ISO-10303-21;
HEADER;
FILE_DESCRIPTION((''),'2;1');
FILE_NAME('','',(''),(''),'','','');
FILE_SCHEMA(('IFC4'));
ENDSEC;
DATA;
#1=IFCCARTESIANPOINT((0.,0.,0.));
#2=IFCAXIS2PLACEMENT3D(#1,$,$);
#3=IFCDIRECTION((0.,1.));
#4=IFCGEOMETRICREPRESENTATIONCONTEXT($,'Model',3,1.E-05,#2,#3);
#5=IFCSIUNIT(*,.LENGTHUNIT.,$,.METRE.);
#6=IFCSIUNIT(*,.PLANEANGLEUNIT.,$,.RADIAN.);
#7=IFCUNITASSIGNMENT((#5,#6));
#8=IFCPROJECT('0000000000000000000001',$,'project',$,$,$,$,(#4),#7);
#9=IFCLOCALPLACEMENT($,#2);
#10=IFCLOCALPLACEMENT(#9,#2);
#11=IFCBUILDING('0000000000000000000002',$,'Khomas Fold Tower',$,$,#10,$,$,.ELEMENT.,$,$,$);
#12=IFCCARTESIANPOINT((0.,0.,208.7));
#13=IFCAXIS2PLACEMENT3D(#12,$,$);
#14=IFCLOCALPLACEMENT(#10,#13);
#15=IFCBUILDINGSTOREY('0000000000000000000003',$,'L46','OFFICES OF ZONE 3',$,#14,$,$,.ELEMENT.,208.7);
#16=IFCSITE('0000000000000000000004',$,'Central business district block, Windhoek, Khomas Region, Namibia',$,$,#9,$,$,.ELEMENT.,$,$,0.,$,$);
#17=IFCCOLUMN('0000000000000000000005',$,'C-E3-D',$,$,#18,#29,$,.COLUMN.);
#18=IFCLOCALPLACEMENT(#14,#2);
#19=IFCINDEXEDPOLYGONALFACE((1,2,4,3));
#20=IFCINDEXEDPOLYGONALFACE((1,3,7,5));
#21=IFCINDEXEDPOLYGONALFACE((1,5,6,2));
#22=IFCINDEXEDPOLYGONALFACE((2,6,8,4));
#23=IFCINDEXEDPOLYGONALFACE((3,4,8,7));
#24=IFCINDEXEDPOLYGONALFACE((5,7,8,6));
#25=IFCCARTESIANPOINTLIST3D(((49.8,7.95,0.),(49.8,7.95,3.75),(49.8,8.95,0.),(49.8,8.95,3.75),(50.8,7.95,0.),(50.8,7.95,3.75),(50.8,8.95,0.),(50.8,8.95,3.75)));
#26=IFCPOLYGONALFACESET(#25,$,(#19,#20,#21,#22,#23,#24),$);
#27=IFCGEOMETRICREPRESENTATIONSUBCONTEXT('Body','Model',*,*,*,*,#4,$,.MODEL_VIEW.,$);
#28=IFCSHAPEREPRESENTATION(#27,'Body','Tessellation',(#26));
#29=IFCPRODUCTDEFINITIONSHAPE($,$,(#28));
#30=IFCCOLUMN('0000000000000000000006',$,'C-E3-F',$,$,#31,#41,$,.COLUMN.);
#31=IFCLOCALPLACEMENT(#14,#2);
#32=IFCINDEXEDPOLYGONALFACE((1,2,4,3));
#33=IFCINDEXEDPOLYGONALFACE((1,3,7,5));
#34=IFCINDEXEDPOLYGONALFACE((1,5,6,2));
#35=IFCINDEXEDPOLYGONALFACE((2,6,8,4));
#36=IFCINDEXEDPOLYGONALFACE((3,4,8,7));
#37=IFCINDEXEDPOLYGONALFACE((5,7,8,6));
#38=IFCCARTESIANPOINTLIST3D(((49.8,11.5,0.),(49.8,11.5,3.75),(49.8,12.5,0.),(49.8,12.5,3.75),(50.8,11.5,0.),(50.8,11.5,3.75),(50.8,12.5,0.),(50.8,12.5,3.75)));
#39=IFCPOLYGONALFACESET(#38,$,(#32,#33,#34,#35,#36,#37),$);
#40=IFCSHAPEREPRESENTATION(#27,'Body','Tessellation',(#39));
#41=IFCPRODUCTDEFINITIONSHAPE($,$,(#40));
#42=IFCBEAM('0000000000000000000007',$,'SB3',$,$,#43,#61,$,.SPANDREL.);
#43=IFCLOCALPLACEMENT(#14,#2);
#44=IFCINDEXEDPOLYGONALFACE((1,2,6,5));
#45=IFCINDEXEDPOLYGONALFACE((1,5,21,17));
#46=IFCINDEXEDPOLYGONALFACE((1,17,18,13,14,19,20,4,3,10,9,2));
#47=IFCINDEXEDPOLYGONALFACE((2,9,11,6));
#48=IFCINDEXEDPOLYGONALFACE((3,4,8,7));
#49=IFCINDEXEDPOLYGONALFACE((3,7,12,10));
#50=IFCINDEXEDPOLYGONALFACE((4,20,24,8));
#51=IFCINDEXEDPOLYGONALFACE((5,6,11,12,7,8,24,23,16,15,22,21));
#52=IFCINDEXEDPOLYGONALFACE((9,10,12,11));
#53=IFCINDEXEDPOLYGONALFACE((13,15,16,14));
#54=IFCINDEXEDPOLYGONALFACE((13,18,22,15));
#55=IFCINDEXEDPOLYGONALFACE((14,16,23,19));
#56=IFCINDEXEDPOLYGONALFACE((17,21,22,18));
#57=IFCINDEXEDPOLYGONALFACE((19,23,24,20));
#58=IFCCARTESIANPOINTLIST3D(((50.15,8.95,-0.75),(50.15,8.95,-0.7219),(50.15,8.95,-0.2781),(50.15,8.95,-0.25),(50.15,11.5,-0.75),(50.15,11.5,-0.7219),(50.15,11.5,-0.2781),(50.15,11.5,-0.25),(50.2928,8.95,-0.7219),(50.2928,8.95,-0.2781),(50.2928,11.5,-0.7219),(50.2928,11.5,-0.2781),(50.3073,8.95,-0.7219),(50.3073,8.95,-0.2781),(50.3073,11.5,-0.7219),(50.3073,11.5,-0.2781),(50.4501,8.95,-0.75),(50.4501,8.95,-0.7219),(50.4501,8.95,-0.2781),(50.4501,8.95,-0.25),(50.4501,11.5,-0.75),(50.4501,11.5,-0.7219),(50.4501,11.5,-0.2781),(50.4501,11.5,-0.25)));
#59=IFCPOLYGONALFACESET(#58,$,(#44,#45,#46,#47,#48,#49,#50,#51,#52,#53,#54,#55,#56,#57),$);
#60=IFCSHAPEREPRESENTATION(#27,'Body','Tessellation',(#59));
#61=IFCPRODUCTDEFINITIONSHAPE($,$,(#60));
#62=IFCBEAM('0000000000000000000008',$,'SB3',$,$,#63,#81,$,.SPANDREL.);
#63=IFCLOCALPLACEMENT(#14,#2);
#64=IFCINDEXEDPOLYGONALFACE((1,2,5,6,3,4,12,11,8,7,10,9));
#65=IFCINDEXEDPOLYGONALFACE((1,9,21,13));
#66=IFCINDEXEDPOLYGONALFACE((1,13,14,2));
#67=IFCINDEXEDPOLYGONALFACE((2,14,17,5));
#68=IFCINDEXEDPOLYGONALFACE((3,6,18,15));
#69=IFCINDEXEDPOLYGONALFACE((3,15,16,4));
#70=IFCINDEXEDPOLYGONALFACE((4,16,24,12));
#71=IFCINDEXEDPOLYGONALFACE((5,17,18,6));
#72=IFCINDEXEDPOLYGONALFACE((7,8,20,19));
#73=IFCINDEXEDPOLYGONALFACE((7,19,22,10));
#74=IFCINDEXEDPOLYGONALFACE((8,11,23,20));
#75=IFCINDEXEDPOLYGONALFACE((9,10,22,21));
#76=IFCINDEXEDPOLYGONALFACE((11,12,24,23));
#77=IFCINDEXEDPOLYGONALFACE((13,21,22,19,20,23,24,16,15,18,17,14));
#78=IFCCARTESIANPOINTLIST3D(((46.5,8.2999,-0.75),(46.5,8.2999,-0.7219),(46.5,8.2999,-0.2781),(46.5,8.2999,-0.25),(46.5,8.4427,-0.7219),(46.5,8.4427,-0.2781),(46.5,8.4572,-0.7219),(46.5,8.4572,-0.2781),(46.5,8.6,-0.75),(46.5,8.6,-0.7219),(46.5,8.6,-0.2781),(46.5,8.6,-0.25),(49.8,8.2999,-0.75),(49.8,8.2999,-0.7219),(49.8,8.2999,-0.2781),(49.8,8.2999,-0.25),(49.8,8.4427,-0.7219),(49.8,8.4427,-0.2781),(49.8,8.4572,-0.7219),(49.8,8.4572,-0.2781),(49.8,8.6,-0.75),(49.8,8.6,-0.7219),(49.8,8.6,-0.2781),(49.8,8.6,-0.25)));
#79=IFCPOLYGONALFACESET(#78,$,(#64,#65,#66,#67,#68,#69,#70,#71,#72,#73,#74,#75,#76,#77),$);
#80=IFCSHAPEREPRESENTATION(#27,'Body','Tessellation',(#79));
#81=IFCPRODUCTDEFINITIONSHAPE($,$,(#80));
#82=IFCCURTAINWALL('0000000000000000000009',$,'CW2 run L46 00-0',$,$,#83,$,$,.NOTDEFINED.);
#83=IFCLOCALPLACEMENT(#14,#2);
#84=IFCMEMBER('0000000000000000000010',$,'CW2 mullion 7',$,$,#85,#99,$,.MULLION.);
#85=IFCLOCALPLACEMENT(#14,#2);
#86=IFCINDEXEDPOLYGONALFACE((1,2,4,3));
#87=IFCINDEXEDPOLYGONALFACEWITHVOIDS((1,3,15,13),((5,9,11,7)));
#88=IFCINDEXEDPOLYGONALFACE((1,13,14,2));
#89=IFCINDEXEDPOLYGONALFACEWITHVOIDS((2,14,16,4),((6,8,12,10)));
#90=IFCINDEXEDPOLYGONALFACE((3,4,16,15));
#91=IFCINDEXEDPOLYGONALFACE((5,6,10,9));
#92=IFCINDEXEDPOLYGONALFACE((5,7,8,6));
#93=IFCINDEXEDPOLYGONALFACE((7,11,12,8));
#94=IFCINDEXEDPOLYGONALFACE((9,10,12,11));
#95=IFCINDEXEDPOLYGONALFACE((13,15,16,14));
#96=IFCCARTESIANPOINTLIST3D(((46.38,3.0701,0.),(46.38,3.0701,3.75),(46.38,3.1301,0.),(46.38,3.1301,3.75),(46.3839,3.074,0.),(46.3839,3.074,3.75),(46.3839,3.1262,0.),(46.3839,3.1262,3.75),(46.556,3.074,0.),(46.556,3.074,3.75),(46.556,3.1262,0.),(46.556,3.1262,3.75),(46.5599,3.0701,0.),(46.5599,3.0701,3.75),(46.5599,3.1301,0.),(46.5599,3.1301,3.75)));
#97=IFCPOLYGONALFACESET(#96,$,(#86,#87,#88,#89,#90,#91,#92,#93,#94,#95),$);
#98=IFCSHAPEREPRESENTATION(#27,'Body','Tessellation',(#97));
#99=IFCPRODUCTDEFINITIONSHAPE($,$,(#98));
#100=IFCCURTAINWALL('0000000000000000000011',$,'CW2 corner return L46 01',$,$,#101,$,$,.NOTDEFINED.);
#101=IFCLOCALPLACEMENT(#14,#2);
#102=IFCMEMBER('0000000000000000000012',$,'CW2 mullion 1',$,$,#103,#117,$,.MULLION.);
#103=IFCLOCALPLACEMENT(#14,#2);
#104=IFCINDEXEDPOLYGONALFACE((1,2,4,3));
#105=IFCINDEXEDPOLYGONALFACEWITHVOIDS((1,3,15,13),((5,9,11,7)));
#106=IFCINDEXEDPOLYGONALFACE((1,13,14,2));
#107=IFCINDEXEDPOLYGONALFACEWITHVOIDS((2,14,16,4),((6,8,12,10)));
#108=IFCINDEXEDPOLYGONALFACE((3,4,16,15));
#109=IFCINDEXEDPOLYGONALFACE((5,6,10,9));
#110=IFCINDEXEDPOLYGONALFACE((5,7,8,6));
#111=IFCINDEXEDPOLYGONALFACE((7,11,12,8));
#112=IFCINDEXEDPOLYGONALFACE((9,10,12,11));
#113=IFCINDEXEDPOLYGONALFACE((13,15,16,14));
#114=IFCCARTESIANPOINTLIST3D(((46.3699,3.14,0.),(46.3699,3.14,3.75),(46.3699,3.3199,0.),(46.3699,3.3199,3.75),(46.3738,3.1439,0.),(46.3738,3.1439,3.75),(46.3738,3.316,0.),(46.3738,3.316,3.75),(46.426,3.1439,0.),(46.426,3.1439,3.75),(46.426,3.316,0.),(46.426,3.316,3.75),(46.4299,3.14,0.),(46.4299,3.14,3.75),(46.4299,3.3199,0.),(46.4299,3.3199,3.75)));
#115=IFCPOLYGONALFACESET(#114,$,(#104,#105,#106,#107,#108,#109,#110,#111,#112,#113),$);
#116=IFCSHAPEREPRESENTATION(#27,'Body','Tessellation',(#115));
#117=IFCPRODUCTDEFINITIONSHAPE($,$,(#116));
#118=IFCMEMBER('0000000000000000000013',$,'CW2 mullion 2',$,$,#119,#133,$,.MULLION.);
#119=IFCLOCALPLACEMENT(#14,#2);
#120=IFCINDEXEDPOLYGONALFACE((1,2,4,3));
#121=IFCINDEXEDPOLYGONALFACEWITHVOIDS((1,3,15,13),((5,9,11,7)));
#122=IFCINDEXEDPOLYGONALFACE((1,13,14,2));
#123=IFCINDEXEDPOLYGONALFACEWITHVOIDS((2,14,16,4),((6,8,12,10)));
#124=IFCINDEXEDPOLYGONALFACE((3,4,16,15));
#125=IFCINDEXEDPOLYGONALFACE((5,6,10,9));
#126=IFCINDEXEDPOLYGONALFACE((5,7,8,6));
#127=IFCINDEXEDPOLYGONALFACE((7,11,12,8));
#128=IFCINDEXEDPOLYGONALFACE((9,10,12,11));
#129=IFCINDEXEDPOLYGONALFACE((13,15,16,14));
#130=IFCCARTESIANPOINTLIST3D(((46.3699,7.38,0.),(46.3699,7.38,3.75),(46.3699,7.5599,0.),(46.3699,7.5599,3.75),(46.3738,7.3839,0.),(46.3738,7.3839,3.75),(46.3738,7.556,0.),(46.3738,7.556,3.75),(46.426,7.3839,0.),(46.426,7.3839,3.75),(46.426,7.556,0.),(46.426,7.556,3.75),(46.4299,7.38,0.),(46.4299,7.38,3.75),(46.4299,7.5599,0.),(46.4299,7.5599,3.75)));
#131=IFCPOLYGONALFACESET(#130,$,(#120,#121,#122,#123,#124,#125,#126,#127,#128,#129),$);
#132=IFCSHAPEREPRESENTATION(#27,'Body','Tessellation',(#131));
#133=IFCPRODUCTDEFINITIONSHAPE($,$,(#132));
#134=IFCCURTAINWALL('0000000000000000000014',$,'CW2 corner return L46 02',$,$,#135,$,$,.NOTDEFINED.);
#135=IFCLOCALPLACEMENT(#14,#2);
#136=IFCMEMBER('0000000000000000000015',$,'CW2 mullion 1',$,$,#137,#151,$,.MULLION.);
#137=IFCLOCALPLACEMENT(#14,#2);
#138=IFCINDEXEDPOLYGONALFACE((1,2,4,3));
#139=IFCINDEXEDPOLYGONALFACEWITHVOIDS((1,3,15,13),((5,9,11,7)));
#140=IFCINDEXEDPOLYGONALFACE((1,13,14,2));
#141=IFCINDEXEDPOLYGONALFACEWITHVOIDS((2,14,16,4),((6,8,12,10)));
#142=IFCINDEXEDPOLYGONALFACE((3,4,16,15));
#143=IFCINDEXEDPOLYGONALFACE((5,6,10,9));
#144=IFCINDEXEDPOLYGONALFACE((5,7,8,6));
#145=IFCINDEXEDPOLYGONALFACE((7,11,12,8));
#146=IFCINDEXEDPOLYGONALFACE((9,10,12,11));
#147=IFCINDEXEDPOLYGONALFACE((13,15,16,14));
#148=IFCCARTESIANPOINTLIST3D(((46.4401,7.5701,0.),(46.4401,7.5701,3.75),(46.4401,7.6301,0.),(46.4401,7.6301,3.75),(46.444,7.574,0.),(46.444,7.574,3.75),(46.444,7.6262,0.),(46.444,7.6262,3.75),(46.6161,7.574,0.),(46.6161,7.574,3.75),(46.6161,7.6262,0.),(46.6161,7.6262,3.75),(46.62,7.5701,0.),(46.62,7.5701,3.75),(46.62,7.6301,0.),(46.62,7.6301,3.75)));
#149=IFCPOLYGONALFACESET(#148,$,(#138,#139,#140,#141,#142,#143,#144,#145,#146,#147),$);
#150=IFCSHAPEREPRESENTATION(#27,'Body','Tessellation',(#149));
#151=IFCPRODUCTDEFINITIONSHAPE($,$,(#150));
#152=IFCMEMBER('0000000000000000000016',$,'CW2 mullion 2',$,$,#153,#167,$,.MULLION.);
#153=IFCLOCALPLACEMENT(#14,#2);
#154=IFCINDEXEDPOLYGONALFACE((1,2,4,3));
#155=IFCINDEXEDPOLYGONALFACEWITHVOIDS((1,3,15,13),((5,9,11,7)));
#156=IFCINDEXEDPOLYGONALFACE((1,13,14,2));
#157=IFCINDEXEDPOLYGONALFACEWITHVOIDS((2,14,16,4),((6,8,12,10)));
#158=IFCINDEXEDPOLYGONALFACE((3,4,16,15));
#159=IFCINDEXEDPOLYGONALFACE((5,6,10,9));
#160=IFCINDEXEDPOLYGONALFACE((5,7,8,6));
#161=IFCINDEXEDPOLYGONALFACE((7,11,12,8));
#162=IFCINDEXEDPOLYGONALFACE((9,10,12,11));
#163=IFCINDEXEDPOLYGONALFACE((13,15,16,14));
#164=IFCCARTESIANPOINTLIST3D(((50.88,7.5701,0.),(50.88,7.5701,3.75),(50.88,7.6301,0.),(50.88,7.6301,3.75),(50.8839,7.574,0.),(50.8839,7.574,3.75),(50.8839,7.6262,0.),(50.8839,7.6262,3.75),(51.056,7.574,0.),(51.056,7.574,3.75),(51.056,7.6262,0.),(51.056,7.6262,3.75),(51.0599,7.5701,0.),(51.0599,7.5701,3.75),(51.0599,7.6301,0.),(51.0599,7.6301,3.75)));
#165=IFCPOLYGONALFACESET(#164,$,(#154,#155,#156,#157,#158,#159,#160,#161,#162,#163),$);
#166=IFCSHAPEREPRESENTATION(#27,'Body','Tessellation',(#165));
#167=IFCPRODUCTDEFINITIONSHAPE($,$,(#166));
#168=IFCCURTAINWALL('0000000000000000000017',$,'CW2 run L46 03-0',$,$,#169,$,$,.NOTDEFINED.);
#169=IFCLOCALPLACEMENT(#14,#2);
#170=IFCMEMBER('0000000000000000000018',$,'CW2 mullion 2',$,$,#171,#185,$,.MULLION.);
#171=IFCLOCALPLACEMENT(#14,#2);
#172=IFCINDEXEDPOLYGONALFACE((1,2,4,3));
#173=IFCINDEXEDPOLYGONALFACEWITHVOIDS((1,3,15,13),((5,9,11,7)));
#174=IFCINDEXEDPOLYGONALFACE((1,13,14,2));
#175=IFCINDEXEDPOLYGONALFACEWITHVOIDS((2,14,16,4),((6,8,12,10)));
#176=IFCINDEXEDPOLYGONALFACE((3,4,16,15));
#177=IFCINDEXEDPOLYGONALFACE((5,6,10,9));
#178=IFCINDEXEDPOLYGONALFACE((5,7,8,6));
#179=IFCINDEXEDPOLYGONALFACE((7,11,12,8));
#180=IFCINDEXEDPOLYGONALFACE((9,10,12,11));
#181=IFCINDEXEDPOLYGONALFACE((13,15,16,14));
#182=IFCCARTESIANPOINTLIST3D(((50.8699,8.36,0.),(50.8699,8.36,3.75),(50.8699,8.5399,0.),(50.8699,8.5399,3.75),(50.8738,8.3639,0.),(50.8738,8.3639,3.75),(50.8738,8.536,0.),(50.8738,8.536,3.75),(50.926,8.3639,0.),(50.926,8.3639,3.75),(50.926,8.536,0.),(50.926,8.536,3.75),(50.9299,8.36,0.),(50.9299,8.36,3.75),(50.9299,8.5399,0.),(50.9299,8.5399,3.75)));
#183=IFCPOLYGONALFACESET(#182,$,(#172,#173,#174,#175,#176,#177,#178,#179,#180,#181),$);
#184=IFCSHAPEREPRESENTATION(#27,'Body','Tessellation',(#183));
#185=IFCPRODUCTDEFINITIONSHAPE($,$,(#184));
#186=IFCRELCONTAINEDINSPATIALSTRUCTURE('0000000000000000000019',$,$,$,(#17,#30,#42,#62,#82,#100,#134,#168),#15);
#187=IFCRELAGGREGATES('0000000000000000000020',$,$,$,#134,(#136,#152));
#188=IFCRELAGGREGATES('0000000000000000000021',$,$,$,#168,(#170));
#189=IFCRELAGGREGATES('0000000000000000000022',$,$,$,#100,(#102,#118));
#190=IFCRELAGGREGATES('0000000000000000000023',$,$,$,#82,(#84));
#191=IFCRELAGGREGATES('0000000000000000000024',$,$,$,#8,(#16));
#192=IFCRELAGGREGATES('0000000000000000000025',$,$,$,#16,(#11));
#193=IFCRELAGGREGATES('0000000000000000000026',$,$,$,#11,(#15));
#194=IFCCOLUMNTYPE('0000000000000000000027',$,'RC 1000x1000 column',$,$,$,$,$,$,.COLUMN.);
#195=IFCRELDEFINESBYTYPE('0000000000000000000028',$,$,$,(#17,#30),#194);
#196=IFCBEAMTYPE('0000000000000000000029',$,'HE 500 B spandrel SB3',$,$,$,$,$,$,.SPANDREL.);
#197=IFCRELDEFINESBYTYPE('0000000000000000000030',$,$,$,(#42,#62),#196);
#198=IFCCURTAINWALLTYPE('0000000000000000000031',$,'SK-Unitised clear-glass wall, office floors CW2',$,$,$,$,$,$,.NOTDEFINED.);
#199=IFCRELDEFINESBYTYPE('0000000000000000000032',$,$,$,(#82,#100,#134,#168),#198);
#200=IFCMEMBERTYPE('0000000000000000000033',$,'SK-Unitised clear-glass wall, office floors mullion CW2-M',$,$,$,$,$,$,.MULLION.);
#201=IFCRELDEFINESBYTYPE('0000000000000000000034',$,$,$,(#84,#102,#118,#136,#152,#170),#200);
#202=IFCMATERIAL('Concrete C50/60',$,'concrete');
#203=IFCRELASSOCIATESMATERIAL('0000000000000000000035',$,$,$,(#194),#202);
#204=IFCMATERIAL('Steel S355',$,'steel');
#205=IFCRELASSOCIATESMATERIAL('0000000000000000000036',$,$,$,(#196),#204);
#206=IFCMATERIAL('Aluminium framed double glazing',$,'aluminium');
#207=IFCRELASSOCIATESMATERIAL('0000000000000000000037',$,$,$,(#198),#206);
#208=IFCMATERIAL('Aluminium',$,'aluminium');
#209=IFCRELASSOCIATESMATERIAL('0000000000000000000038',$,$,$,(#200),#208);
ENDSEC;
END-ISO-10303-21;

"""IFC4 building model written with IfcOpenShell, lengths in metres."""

from ifc_helpers import new_model, si_unit, direction, frame, origin, origin_2d, place, context, subcontext, project, spatial, rectangle, hollow_rectangle, i_section, extrude, source, transform, mapped, material, material_profile, profile_set, type_object, element, aggregate, save


model = new_model("IFC4")

# Units and contexts
model_context = context("Model", 3, precision=1e-05, world=origin(), true_north=direction((0.0, 1.0)))
body_context = subcontext(model_context, "Body", "Model", "MODEL_VIEW")
ifc_project = project(units=[si_unit("LENGTHUNIT", "METRE"), si_unit("PLANEANGLEUNIT", "RADIAN")], contexts=[model_context])

# Site, building, storey
site_placement = place(None, origin())
site = spatial("IfcSite", under=ifc_project, at=site_placement, Name="Central business district block, Windhoek, Khomas Region, Namibia", CompositionType="ELEMENT", RefElevation=0.0)
building_placement = place(site_placement, origin())
building = spatial("IfcBuilding", under=site, at=building_placement, Name="Khomas Fold Tower", CompositionType="ELEMENT")
storey_placement = place(building_placement, frame((0.0, 0.0, 208.7)))
storey = spatial("IfcBuildingStorey", under=building, at=storey_placement, Name="L46", Description="OFFICES OF ZONE 3", CompositionType="ELEMENT", Elevation=208.7)

# Columns
ifc_material_1 = material(Name="Concrete C50/60", Category="concrete")
ifc_material_profile_1 = material_profile(ifc_material_1, rectangle(XDim=1.0, YDim=1.0, at=origin_2d()), Name="RC 1000x1000")
ifc_profile_set_1 = profile_set([ifc_material_profile_1], Name="Concrete C50/60")
column_type = type_object("IfcColumnType", Name="RC 1000x1000 column", PredefinedType="COLUMN", material=ifc_profile_set_1)
shared_shape_1 = source(origin(), body_context, "Body", "SweptSolid", [
    extrude(rectangle(XDim=1.0, YDim=1.0, at=origin_2d()), origin(), (0.0, 0.0, 1.0), 3.75),
])
for number, where, z_axis, x_axis, name in (
    (1, (50.3, 8.45, 0.0), (0.0, 0.0, 1.0), (1.0, 0.0, 0.0), "C-E3-D"),
    (2, (50.3, 12.0, 0.0), (0.0, 0.0, 1.0), (1.0, 0.0, 0.0), "C-E3-F"),
):
    element("IfcColumn", number, at=place(storey_placement, frame(where, z_axis=z_axis, x_axis=x_axis)), inside=storey, type_object=column_type, Name=name, PredefinedType="COLUMN", context=body_context, shape_type="MappedRepresentation", body=[
        mapped(shared_shape_1, transform((0.0, 0.0, 0.0))),
    ])

# Beams
ifc_material_2 = material(Name="Steel S355", Category="steel")
ifc_material_profile_2 = material_profile(ifc_material_2, i_section(OverallWidth=0.3, OverallDepth=0.5, WebThickness=0.0144, FlangeThickness=0.0281, at=origin_2d()), Name="HE 500 B")
ifc_profile_set_2 = profile_set([ifc_material_profile_2], Name="Steel S355")
beam_type = type_object("IfcBeamType", Name="HE 500 B spandrel SB3", PredefinedType="SPANDREL", material=ifc_profile_set_2)
shared_shape_2 = source(origin(), body_context, "Body", "SweptSolid", [
    extrude(i_section(OverallWidth=0.3, OverallDepth=0.5, WebThickness=0.0144, FlangeThickness=0.0281, at=origin_2d()), origin(), (0.0, 0.0, 1.0), 2.55),
])
beam_1_placement = place(storey_placement, frame((50.3, 8.95, -0.5), z_axis=(0.0, 1.0, 0.0), x_axis=(-1.0, 0.0, 0.0)))
element("IfcBeam", 3, at=beam_1_placement, inside=storey, type_object=beam_type, Name="SB3", PredefinedType="SPANDREL", context=body_context, shape_type="MappedRepresentation", body=[
    mapped(shared_shape_2, transform((0.0, 0.0, 0.0))),
])
shared_shape_3 = source(origin(), body_context, "Body", "SweptSolid", [
    extrude(i_section(OverallWidth=0.3, OverallDepth=0.5, WebThickness=0.0144, FlangeThickness=0.0281, at=origin_2d()), origin(), (0.0, 0.0, 1.0), 3.3),
])
beam_2_placement = place(storey_placement, frame((46.5, 8.45, -0.5), z_axis=(1.0, 0.0, 0.0), x_axis=(0.0, 1.0, 0.0)))
element("IfcBeam", 4, at=beam_2_placement, inside=storey, type_object=beam_type, Name="SB3", PredefinedType="SPANDREL", context=body_context, shape_type="MappedRepresentation", body=[
    mapped(shared_shape_3, transform((0.0, 0.0, 0.0))),
])

# Curtain wall, member
ifc_material_3 = material(Name="Aluminium framed double glazing", Category="aluminium")
curtain_wall_type = type_object("IfcCurtainWallType", Name="SK-Unitised clear-glass wall, office floors CW2", PredefinedType="NOTDEFINED", material=ifc_material_3)
curtain_wall_1_placement = place(storey_placement, origin())
curtain_wall_1 = element("IfcCurtainWall", 5, at=curtain_wall_1_placement, inside=storey, type_object=curtain_wall_type, Name="CW2 run L46 00-0", PredefinedType="NOTDEFINED")
ifc_material_4 = material(Name="Aluminium", Category="aluminium")
ifc_material_profile_3 = material_profile(ifc_material_4, hollow_rectangle(XDim=0.0601, YDim=0.1799, WallThickness=0.0039, at=origin_2d()), Name="SK-Unitised clear-glass wall, office floors mullion CW2-M")
ifc_profile_set_3 = profile_set([ifc_material_profile_3], Name="Aluminium")
member_type_1 = type_object("IfcMemberType", Name="SK-Unitised clear-glass wall, office floors mullion CW2-M", PredefinedType="MULLION", material=ifc_profile_set_3)
shared_shape_4 = source(origin(), body_context, "Body", "SweptSolid", [
    extrude(hollow_rectangle(XDim=0.0601, YDim=0.1799, WallThickness=0.0039, at=origin_2d()), origin(), (0.0, 0.0, 1.0), 3.75),
])
member_1_placement = place(storey_placement, frame((46.47, 3.1001, 0.0), z_axis=(0.0, 0.0, 1.0), x_axis=(0.0, 1.0, 0.0)))
member_1 = element("IfcMember", 6, at=member_1_placement, type_object=member_type_1, Name="CW2 mullion 7", PredefinedType="MULLION", context=body_context, shape_type="MappedRepresentation", body=[
    mapped(shared_shape_4, transform((0.0, 0.0, 0.0))),
])

# Curtain walls, members
curtain_wall_2_placement = place(storey_placement, origin())
curtain_wall_2 = element("IfcCurtainWall", 7, at=curtain_wall_2_placement, inside=storey, type_object=curtain_wall_type, Name="CW2 corner return L46 01", PredefinedType="NOTDEFINED")
member_2_placement = place(storey_placement, frame((46.3999, 3.23, 0.0), z_axis=(0.0, 0.0, 1.0), x_axis=(-1.0, 0.0, 0.0)))
member_2 = element("IfcMember", 8, at=member_2_placement, type_object=member_type_1, Name="CW2 mullion 1", PredefinedType="MULLION", context=body_context, shape_type="MappedRepresentation", body=[
    mapped(shared_shape_4, transform((0.0, 0.0, 0.0))),
])
member_3_placement = place(storey_placement, frame((46.3999, 7.47, 0.0), z_axis=(0.0, 0.0, 1.0), x_axis=(-1.0, 0.0, 0.0)))
member_3 = element("IfcMember", 9, at=member_3_placement, type_object=member_type_1, Name="CW2 mullion 2", PredefinedType="MULLION", context=body_context, shape_type="MappedRepresentation", body=[
    mapped(shared_shape_4, transform((0.0, 0.0, 0.0))),
])
curtain_wall_3_placement = place(storey_placement, origin())
curtain_wall_3 = element("IfcCurtainWall", 10, at=curtain_wall_3_placement, inside=storey, type_object=curtain_wall_type, Name="CW2 corner return L46 02", PredefinedType="NOTDEFINED")
member_4_placement = place(storey_placement, frame((46.53, 7.6001, 0.0), z_axis=(0.0, 0.0, 1.0), x_axis=(0.0, 1.0, 0.0)))
member_4 = element("IfcMember", 11, at=member_4_placement, type_object=member_type_1, Name="CW2 mullion 1", PredefinedType="MULLION", context=body_context, shape_type="MappedRepresentation", body=[
    mapped(shared_shape_4, transform((0.0, 0.0, 0.0))),
])
member_5_placement = place(storey_placement, frame((50.97, 7.6001, 0.0), z_axis=(0.0, 0.0, 1.0), x_axis=(0.0, 1.0, 0.0)))
member_5 = element("IfcMember", 12, at=member_5_placement, type_object=member_type_1, Name="CW2 mullion 2", PredefinedType="MULLION", context=body_context, shape_type="MappedRepresentation", body=[
    mapped(shared_shape_4, transform((0.0, 0.0, 0.0))),
])

# Curtain wall, member
curtain_wall_4_placement = place(storey_placement, origin())
curtain_wall_4 = element("IfcCurtainWall", 13, at=curtain_wall_4_placement, inside=storey, type_object=curtain_wall_type, Name="CW2 run L46 03-0", PredefinedType="NOTDEFINED")
member_6_placement = place(storey_placement, frame((50.8999, 8.45, 0.0), z_axis=(0.0, 0.0, 1.0), x_axis=(-1.0, 0.0, 0.0)))
member_6 = element("IfcMember", 14, at=member_6_placement, type_object=member_type_1, Name="CW2 mullion 2", PredefinedType="MULLION", context=body_context, shape_type="MappedRepresentation", body=[
    mapped(shared_shape_4, transform((0.0, 0.0, 0.0))),
])

aggregate(curtain_wall_3, [member_4, member_5])
aggregate(curtain_wall_4, [member_6])
aggregate(curtain_wall_2, [member_2, member_3])
aggregate(curtain_wall_1, [member_1])

save(model, "model.ifc")
